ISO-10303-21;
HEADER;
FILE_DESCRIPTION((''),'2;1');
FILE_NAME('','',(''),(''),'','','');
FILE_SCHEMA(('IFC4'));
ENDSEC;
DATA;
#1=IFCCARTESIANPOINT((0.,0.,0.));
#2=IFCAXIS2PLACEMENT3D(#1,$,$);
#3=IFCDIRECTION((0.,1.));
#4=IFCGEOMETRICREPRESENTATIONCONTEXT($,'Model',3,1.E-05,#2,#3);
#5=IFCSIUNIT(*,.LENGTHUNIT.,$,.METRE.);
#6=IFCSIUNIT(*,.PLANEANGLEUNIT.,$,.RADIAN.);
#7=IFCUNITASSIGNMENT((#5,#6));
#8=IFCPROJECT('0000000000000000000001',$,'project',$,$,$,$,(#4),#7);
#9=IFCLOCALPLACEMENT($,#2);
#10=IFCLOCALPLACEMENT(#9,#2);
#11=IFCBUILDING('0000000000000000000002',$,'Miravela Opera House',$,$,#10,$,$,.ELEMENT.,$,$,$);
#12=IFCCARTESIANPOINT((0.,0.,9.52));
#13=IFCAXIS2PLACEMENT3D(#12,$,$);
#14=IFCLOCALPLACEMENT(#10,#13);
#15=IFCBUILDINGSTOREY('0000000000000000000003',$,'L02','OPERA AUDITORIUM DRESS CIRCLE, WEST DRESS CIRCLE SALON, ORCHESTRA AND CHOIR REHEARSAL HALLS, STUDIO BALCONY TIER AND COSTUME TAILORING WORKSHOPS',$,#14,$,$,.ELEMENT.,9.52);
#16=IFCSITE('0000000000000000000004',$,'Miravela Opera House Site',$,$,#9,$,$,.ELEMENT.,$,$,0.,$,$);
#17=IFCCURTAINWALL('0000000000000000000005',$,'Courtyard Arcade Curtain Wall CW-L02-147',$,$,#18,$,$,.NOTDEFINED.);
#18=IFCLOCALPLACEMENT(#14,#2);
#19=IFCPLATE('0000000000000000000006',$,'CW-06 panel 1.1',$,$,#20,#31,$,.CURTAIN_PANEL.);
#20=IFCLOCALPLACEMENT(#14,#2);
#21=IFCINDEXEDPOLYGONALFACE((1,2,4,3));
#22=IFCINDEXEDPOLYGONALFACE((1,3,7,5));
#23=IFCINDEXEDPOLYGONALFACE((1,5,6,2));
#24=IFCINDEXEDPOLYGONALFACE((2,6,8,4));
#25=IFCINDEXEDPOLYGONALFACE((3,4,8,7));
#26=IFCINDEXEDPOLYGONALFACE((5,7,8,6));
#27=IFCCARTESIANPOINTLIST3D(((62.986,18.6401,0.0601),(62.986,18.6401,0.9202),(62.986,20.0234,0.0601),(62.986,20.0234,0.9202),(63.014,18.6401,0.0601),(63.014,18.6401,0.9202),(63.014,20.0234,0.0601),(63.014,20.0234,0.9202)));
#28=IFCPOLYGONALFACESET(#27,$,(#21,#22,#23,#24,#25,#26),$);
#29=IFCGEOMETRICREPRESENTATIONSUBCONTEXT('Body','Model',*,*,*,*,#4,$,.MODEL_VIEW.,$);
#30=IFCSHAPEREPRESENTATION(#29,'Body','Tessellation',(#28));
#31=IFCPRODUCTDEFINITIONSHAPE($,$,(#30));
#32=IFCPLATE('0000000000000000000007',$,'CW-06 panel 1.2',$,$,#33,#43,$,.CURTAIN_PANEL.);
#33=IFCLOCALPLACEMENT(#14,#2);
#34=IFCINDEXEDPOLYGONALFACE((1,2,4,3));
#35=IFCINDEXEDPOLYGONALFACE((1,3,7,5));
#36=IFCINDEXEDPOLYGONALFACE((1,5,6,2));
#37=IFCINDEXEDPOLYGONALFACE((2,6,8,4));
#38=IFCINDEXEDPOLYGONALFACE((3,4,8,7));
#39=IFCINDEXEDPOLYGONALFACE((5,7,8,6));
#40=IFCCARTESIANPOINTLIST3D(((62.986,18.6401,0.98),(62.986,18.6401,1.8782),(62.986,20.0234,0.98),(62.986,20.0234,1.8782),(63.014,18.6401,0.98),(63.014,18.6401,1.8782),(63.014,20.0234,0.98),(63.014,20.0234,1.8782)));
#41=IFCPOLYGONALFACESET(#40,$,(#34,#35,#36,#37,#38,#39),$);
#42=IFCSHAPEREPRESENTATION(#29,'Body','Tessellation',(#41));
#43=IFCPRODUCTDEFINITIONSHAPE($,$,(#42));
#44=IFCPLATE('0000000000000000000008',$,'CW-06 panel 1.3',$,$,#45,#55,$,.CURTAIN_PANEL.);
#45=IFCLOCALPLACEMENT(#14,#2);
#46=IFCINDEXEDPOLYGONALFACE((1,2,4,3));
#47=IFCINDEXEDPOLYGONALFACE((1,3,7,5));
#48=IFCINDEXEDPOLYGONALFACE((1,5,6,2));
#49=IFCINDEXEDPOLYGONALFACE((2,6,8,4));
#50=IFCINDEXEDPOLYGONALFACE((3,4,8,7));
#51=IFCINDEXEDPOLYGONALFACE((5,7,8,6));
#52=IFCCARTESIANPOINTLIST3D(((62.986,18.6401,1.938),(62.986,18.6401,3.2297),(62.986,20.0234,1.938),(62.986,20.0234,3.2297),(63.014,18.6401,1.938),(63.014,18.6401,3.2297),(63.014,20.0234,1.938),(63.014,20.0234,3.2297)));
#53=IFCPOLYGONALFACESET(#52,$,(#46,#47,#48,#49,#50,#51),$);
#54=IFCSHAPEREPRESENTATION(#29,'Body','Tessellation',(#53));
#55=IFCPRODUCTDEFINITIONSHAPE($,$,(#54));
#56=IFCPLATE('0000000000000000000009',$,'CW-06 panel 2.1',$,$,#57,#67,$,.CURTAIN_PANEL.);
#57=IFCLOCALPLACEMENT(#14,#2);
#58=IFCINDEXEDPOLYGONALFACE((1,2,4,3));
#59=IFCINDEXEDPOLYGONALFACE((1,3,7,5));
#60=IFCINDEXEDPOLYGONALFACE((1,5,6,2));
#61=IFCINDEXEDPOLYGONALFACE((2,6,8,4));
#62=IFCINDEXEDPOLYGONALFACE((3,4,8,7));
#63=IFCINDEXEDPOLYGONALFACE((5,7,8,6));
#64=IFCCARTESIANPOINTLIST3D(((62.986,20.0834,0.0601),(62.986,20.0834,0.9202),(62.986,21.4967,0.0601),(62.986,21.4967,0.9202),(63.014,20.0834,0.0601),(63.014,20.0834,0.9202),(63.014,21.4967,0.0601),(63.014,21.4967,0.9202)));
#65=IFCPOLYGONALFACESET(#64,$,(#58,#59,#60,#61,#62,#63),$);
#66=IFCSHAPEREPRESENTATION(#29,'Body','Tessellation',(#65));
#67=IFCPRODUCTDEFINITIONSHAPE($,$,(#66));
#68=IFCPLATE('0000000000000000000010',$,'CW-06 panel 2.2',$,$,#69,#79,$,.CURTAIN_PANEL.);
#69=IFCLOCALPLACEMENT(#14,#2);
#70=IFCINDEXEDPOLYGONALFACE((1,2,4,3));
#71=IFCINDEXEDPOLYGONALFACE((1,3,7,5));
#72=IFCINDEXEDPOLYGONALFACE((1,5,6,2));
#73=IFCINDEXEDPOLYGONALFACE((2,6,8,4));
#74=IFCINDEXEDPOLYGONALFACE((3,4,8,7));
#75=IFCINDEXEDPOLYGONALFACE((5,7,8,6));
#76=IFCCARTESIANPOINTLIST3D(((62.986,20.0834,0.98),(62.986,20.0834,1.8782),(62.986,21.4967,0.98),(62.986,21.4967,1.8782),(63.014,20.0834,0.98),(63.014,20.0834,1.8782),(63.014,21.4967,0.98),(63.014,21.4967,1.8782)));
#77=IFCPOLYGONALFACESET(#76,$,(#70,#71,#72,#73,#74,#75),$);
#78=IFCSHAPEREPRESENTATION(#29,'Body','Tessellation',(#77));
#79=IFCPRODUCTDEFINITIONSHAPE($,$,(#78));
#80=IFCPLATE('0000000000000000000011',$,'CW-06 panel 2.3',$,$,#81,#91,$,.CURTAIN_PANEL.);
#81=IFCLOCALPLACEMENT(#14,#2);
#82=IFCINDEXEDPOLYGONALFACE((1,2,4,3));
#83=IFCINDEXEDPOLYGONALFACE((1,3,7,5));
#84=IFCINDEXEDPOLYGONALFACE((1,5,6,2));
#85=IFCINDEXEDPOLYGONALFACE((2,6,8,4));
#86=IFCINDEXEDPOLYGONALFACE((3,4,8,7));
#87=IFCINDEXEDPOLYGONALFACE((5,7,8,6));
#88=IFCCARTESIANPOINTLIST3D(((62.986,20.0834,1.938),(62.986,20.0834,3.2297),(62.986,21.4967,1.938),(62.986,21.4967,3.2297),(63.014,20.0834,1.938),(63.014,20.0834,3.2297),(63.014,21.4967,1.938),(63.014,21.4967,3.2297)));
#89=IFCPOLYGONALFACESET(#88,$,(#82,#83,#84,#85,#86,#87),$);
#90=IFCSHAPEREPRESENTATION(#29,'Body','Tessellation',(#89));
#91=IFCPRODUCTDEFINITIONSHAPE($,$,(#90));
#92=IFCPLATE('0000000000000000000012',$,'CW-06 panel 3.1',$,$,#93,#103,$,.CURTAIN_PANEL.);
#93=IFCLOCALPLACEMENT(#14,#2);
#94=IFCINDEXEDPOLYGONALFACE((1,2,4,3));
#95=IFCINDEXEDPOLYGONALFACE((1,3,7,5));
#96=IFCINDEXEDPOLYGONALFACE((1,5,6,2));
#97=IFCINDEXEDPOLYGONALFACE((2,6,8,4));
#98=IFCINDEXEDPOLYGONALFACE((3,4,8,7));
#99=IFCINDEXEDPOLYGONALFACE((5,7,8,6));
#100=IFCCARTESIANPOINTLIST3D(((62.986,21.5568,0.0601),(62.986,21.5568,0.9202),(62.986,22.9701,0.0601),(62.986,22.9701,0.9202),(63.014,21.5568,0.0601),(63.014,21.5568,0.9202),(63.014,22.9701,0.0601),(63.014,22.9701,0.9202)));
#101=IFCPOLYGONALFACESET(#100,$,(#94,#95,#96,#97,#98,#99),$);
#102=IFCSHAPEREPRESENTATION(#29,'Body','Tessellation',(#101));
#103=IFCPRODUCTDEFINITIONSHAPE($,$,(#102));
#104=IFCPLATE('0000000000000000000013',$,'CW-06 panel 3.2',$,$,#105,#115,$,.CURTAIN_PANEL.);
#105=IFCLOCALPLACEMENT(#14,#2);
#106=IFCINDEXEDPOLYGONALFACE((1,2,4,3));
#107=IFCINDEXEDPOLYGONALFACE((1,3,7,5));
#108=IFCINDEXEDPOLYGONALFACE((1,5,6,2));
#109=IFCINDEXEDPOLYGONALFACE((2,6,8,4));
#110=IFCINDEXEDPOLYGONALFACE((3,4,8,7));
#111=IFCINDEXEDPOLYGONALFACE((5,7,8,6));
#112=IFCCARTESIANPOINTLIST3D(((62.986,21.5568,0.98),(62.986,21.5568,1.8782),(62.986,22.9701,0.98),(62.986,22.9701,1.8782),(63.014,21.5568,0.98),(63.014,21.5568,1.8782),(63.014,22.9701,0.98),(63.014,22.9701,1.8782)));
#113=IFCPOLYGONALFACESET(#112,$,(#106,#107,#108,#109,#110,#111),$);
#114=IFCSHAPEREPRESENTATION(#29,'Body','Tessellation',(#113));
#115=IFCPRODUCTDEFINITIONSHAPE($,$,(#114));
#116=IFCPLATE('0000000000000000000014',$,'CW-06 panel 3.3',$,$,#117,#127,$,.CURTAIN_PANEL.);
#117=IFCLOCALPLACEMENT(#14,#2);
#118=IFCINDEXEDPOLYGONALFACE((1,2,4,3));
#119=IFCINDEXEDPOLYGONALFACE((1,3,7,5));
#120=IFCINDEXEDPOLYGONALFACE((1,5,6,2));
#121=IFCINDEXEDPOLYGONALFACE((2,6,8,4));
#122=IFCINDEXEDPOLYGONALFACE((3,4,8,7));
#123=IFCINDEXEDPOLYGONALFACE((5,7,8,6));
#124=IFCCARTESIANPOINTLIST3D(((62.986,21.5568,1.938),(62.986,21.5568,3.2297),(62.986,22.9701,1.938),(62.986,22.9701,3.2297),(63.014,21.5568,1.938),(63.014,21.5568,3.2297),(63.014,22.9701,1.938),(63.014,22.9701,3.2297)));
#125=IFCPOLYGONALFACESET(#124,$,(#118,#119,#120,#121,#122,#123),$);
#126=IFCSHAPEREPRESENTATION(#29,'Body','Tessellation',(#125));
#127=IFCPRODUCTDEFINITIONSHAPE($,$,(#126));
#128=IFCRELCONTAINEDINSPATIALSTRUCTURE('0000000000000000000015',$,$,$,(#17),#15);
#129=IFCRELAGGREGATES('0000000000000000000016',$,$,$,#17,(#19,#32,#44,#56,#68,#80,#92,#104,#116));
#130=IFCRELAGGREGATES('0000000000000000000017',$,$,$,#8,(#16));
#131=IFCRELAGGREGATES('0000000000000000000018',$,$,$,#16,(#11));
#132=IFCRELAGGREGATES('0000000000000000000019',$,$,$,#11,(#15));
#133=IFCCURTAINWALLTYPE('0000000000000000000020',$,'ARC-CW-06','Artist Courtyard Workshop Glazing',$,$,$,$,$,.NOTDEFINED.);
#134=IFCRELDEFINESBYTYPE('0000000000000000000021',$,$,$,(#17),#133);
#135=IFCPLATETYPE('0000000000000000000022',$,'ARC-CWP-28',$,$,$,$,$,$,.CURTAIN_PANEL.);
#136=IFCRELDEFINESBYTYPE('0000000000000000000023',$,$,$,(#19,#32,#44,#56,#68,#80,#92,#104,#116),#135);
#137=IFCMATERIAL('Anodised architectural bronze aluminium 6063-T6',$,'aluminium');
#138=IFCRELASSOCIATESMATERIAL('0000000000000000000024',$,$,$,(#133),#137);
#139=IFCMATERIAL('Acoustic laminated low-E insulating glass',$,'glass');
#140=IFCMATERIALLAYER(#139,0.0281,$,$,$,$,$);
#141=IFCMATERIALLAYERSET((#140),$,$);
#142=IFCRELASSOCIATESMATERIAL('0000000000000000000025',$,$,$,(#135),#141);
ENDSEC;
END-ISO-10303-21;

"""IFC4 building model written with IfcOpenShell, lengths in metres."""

from ifc_helpers import new_model, si_unit, direction, frame, origin, origin_2d, place, context, subcontext, project, spatial, rectangle, extrude, material, layer, layer_set, type_object, element, aggregate, save


model = new_model("IFC4")

# Units and contexts
model_context = context("Model", 3, precision=1e-05, world=origin(), true_north=direction((0.0, 1.0)))
body_context = subcontext(model_context, "Body", "Model", "MODEL_VIEW")
ifc_project = project(units=[si_unit("LENGTHUNIT", "METRE"), si_unit("PLANEANGLEUNIT", "RADIAN")], contexts=[model_context])

# Site, building, storey
site_placement = place(None, origin())
site = spatial("IfcSite", under=ifc_project, at=site_placement, Name="Miravela Opera House Site", CompositionType="ELEMENT", RefElevation=0.0)
building_placement = place(site_placement, origin())
building = spatial("IfcBuilding", under=site, at=building_placement, Name="Miravela Opera House", CompositionType="ELEMENT")
storey_placement = place(building_placement, frame((0.0, 0.0, 9.52)))
storey = spatial("IfcBuildingStorey", under=building, at=storey_placement, Name="L02", Description="OPERA AUDITORIUM DRESS CIRCLE, WEST DRESS CIRCLE SALON, ORCHESTRA AND CHOIR REHEARSAL HALLS, STUDIO BALCONY TIER AND COSTUME TAILORING WORKSHOPS", CompositionType="ELEMENT", Elevation=9.52)

# Curtain wall
ifc_material_1 = material(Name="Anodised architectural bronze aluminium 6063-T6", Category="aluminium")
curtain_wall_type = type_object("IfcCurtainWallType", Name="ARC-CW-06", Description="Artist Courtyard Workshop Glazing", PredefinedType="NOTDEFINED", material=ifc_material_1)
curtain_wall_placement = place(storey_placement, origin())
curtain_wall = element("IfcCurtainWall", 1, at=curtain_wall_placement, inside=storey, type_object=curtain_wall_type, Name="Courtyard Arcade Curtain Wall CW-L02-147", PredefinedType="NOTDEFINED")

# Plates
ifc_material_2 = material(Name="Acoustic laminated low-E insulating glass", Category="glass")
ifc_layer = layer(ifc_material_2, 0.0281)
ifc_layer_set = layer_set([ifc_layer])
plate_type = type_object("IfcPlateType", Name="ARC-CWP-28", PredefinedType="CURTAIN_PANEL", material=ifc_layer_set)
plate_1_placement = place(storey_placement, frame((63.0, 19.3318, 0.0601), z_axis=(0.0, 0.0, 1.0), x_axis=(0.0, 1.0, 0.0)))
plate_1 = element("IfcPlate", 2, at=plate_1_placement, type_object=plate_type, Name="CW-06 panel 1.1", PredefinedType="CURTAIN_PANEL", context=body_context, shape_type="SweptSolid", body=[
    extrude(rectangle(XDim=1.3833, YDim=0.0281, at=origin_2d()), origin(), (0.0, 0.0, 1.0), 0.8601),
])
plate_2_placement = place(storey_placement, frame((63.0, 19.3318, 0.98), z_axis=(0.0, 0.0, 1.0), x_axis=(0.0, 1.0, 0.0)))
plate_2 = element("IfcPlate", 3, at=plate_2_placement, type_object=plate_type, Name="CW-06 panel 1.2", PredefinedType="CURTAIN_PANEL", context=body_context, shape_type="SweptSolid", body=[
    extrude(rectangle(XDim=1.3833, YDim=0.0281, at=origin_2d()), origin(), (0.0, 0.0, 1.0), 0.8982),
])
plate_3_placement = place(storey_placement, frame((63.0, 19.3318, 1.938), z_axis=(0.0, 0.0, 1.0), x_axis=(0.0, 1.0, 0.0)))
plate_3 = element("IfcPlate", 4, at=plate_3_placement, type_object=plate_type, Name="CW-06 panel 1.3", PredefinedType="CURTAIN_PANEL", context=body_context, shape_type="SweptSolid", body=[
    extrude(rectangle(XDim=1.3833, YDim=0.0281, at=origin_2d()), origin(), (0.0, 0.0, 1.0), 1.2917),
])
plate_4_placement = place(storey_placement, frame((63.0, 20.79, 0.0601), z_axis=(0.0, 0.0, 1.0), x_axis=(0.0, 1.0, 0.0)))
plate_4 = element("IfcPlate", 5, at=plate_4_placement, type_object=plate_type, Name="CW-06 panel 2.1", PredefinedType="CURTAIN_PANEL", context=body_context, shape_type="SweptSolid", body=[
    extrude(rectangle(XDim=1.4133, YDim=0.0281, at=origin_2d()), origin(), (0.0, 0.0, 1.0), 0.8601),
])
plate_5_placement = place(storey_placement, frame((63.0, 20.79, 0.98), z_axis=(0.0, 0.0, 1.0), x_axis=(0.0, 1.0, 0.0)))
plate_5 = element("IfcPlate", 6, at=plate_5_placement, type_object=plate_type, Name="CW-06 panel 2.2", PredefinedType="CURTAIN_PANEL", context=body_context, shape_type="SweptSolid", body=[
    extrude(rectangle(XDim=1.4133, YDim=0.0281, at=origin_2d()), origin(), (0.0, 0.0, 1.0), 0.8982),
])
plate_6_placement = place(storey_placement, frame((63.0, 20.79, 1.938), z_axis=(0.0, 0.0, 1.0), x_axis=(0.0, 1.0, 0.0)))
plate_6 = element("IfcPlate", 7, at=plate_6_placement, type_object=plate_type, Name="CW-06 panel 2.3", PredefinedType="CURTAIN_PANEL", context=body_context, shape_type="SweptSolid", body=[
    extrude(rectangle(XDim=1.4133, YDim=0.0281, at=origin_2d()), origin(), (0.0, 0.0, 1.0), 1.2917),
])
plate_7_placement = place(storey_placement, frame((63.0, 22.2634, 0.0601), z_axis=(0.0, 0.0, 1.0), x_axis=(0.0, 1.0, 0.0)))
plate_7 = element("IfcPlate", 8, at=plate_7_placement, type_object=plate_type, Name="CW-06 panel 3.1", PredefinedType="CURTAIN_PANEL", context=body_context, shape_type="SweptSolid", body=[
    extrude(rectangle(XDim=1.4133, YDim=0.0281, at=origin_2d()), origin(), (0.0, 0.0, 1.0), 0.8601),
])
plate_8_placement = place(storey_placement, frame((63.0, 22.2634, 0.98), z_axis=(0.0, 0.0, 1.0), x_axis=(0.0, 1.0, 0.0)))
plate_8 = element("IfcPlate", 9, at=plate_8_placement, type_object=plate_type, Name="CW-06 panel 3.2", PredefinedType="CURTAIN_PANEL", context=body_context, shape_type="SweptSolid", body=[
    extrude(rectangle(XDim=1.4133, YDim=0.0281, at=origin_2d()), origin(), (0.0, 0.0, 1.0), 0.8982),
])
plate_9_placement = place(storey_placement, frame((63.0, 22.2634, 1.938), z_axis=(0.0, 0.0, 1.0), x_axis=(0.0, 1.0, 0.0)))
plate_9 = element("IfcPlate", 10, at=plate_9_placement, type_object=plate_type, Name="CW-06 panel 3.3", PredefinedType="CURTAIN_PANEL", context=body_context, shape_type="SweptSolid", body=[
    extrude(rectangle(XDim=1.4133, YDim=0.0281, at=origin_2d()), origin(), (0.0, 0.0, 1.0), 1.2917),
])
aggregate(curtain_wall, [plate_1, plate_2, plate_3, plate_4, plate_5, plate_6, plate_7, plate_8, plate_9])

save(model, "model.ifc")
